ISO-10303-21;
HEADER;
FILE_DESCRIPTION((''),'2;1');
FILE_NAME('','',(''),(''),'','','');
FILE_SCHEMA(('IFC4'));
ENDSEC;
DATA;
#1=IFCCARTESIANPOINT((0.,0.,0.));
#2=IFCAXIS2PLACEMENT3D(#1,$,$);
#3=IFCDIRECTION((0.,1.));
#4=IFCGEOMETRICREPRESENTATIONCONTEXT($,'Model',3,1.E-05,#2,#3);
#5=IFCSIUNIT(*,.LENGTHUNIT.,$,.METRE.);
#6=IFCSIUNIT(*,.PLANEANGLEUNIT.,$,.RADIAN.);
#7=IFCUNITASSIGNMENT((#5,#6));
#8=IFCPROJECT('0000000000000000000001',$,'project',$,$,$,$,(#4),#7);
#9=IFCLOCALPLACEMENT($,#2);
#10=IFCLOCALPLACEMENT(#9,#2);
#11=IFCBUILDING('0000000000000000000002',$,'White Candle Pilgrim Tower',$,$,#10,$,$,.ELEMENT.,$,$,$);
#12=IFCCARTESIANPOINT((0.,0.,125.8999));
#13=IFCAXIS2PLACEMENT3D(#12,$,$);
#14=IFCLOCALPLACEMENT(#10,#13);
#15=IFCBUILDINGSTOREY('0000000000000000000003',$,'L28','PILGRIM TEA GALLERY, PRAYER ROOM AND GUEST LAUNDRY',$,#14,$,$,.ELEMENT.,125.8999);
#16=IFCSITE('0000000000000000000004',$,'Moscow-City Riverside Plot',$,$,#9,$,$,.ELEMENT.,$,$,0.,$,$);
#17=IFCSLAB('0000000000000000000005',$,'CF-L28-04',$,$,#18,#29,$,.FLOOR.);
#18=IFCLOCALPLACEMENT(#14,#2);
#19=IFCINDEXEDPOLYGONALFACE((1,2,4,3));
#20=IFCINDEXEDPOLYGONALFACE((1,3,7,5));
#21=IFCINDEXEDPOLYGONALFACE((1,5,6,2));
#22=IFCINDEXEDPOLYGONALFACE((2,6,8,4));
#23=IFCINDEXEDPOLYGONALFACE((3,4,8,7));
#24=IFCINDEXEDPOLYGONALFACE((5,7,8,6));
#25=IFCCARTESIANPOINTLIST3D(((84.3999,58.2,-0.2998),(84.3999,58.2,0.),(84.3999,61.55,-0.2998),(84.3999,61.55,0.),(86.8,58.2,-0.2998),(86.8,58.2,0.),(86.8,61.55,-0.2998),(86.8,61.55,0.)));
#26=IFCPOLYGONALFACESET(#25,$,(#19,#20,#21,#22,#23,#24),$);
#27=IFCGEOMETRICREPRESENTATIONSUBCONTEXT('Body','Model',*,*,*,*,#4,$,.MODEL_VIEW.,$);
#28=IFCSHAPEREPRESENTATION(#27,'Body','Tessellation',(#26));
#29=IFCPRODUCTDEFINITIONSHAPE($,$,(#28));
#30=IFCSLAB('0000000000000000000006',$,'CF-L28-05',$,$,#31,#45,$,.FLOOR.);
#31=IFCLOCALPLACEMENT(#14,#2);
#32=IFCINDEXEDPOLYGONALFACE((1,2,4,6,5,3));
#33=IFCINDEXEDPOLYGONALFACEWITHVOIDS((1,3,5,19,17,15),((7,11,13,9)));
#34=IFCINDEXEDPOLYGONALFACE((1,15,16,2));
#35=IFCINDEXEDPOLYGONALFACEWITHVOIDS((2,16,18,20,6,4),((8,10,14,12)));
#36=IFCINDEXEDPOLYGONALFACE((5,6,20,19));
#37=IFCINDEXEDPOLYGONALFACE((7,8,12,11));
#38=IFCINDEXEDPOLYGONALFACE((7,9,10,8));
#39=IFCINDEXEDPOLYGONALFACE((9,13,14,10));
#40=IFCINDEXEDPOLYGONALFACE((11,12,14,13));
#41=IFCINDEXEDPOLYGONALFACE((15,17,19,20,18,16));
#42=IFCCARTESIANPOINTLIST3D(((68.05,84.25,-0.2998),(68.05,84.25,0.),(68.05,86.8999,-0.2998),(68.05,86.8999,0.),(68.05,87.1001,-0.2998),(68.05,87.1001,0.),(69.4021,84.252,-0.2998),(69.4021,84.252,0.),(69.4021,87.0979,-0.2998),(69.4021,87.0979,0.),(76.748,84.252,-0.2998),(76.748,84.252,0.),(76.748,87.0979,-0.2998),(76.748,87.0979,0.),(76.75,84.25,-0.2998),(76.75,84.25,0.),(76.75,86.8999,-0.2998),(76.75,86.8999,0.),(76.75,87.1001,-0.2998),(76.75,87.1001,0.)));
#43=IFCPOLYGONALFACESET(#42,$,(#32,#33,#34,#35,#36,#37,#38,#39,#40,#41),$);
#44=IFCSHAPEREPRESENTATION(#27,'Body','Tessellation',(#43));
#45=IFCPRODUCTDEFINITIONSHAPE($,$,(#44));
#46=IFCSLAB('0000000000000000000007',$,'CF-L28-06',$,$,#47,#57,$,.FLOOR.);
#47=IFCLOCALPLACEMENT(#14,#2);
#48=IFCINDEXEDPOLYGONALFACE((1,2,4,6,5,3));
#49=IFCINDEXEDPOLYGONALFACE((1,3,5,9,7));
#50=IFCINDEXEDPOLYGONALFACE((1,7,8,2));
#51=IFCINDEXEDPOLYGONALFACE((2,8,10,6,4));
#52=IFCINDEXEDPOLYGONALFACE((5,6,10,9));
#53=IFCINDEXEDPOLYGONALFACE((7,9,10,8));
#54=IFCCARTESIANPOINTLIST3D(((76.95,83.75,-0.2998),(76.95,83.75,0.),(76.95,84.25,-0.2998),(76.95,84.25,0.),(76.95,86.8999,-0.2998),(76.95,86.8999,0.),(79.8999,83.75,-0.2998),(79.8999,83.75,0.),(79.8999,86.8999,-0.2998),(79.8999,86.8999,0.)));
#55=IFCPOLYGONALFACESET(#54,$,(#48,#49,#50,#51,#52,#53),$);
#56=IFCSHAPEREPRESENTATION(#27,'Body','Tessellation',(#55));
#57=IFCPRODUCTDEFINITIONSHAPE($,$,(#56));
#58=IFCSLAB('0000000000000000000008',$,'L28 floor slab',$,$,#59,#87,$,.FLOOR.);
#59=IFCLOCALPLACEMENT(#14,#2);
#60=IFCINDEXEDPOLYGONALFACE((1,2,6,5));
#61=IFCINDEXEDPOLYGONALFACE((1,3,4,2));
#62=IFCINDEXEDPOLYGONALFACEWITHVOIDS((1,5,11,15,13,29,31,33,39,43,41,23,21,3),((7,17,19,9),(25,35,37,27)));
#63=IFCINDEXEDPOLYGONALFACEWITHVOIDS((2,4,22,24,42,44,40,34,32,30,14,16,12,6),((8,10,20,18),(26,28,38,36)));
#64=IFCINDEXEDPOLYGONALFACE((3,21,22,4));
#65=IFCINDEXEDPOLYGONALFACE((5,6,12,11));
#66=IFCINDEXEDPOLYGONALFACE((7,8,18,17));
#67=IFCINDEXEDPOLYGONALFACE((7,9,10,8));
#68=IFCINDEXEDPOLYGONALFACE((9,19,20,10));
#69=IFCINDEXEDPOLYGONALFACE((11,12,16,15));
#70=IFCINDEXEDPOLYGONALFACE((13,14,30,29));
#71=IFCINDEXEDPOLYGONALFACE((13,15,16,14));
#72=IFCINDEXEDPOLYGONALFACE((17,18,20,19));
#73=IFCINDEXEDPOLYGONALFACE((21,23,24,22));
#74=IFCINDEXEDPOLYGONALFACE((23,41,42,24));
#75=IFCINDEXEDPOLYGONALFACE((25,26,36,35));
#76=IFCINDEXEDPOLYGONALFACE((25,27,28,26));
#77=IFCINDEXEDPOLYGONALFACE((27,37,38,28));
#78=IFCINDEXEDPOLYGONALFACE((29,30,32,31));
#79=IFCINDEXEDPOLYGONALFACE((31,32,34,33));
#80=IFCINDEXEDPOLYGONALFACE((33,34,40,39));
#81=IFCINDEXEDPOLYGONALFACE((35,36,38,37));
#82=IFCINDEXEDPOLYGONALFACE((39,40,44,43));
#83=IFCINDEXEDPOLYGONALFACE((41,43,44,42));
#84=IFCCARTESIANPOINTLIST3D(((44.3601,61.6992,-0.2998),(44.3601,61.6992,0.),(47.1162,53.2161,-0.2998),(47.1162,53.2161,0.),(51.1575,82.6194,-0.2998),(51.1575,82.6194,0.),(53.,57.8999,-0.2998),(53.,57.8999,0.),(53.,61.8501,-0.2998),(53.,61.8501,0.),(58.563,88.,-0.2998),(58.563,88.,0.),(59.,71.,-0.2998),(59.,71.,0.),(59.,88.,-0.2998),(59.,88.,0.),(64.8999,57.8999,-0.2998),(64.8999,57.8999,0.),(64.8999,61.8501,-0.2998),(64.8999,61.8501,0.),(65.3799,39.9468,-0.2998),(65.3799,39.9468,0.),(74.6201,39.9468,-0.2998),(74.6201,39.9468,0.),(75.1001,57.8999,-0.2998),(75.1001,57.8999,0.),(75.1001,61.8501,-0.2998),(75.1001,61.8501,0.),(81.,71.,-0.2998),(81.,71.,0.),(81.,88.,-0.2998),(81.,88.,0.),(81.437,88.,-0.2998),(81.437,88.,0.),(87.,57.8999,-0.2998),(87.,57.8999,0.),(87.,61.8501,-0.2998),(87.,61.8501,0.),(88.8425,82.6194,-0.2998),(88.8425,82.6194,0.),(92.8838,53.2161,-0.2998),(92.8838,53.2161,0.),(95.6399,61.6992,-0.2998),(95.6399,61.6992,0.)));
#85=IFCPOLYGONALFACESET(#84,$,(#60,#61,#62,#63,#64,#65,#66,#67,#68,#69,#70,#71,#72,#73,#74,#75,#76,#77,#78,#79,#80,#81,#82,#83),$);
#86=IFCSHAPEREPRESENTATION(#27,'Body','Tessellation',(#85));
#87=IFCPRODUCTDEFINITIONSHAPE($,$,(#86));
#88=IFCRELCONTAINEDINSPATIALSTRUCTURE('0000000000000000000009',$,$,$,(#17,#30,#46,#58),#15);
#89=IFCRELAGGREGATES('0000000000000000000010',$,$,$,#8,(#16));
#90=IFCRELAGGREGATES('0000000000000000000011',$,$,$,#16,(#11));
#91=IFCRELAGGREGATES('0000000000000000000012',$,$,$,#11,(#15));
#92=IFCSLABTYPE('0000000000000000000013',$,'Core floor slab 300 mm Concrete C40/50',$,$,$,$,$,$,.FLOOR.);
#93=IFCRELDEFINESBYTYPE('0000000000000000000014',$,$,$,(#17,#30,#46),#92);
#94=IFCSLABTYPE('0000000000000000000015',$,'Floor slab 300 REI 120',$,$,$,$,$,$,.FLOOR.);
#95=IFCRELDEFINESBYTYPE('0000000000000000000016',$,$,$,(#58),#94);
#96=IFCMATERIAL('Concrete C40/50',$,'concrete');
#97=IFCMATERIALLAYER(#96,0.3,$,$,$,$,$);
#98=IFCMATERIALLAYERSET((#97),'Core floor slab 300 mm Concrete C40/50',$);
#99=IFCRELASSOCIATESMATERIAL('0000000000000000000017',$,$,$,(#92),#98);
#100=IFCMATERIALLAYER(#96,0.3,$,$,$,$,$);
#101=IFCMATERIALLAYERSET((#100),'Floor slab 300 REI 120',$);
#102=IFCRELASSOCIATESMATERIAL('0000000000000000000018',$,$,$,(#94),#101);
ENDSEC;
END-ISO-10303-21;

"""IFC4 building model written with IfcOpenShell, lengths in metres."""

from ifc_helpers import new_model, si_unit, direction, frame, origin, place, context, subcontext, project, spatial, polyline, outline, extrude, material, layer, layer_set, type_object, element, save


model = new_model("IFC4")

# Units and contexts
model_context = context("Model", 3, precision=1e-05, world=origin(), true_north=direction((0.0, 1.0)))
body_context = subcontext(model_context, "Body", "Model", "MODEL_VIEW")
ifc_project = project(units=[si_unit("LENGTHUNIT", "METRE"), si_unit("PLANEANGLEUNIT", "RADIAN")], contexts=[model_context])

# Site, building, storey
site_placement = place(None, origin())
site = spatial("IfcSite", under=ifc_project, at=site_placement, Name="Moscow-City Riverside Plot", CompositionType="ELEMENT", RefElevation=0.0)
building_placement = place(site_placement, origin())
building = spatial("IfcBuilding", under=site, at=building_placement, Name="White Candle Pilgrim Tower", CompositionType="ELEMENT")
storey_placement = place(building_placement, frame((0.0, 0.0, 125.8999)))
storey = spatial("IfcBuildingStorey", under=building, at=storey_placement, Name="L28", Description="PILGRIM TEA GALLERY, PRAYER ROOM AND GUEST LAUNDRY", CompositionType="ELEMENT", Elevation=125.8999)

# Slabs
ifc_material_1 = material(Name="Concrete C40/50", Category="concrete")
ifc_layer_1 = layer(ifc_material_1, 0.3)
ifc_layer_set_1 = layer_set([ifc_layer_1], Name="Core floor slab 300 mm Concrete C40/50")
slab_type_1 = type_object("IfcSlabType", Name="Core floor slab 300 mm Concrete C40/50", PredefinedType="FLOOR", material=ifc_layer_set_1)
slab_1_placement = place(storey_placement, frame((0.0, 0.0, -0.2998)))
element("IfcSlab", 1, at=slab_1_placement, inside=storey, type_object=slab_type_1, Name="CF-L28-04", PredefinedType="FLOOR", context=body_context, shape_type="SweptSolid", body=[
    extrude(outline(polyline([(86.8, 58.2), (84.3999, 58.2), (84.3999, 61.55), (86.8, 61.55), (86.8, 58.2)])), origin(), (0.0, 0.0, 1.0), 0.2998),
])
slab_2_placement = place(storey_placement, frame((0.0, 0.0, -0.2998)))
element("IfcSlab", 2, at=slab_2_placement, inside=storey, type_object=slab_type_1, Name="CF-L28-05", PredefinedType="FLOOR", context=body_context, shape_type="SweptSolid", body=[
    extrude(outline(polyline([(76.75, 87.1001), (76.75, 86.8999), (76.75, 84.25), (68.05, 84.25), (68.05, 86.8999), (68.05, 87.1001), (76.75, 87.1001)]), holes=[polyline([(69.4021, 87.0979), (69.4021, 84.252), (76.748, 84.252), (76.748, 87.0979), (69.4021, 87.0979)])]), origin(), (0.0, 0.0, 1.0), 0.2998),
])
slab_3_placement = place(storey_placement, frame((0.0, 0.0, -0.2998)))
element("IfcSlab", 3, at=slab_3_placement, inside=storey, type_object=slab_type_1, Name="CF-L28-06", PredefinedType="FLOOR", context=body_context, shape_type="SweptSolid", body=[
    extrude(outline(polyline([(79.8999, 86.8999), (79.8999, 83.75), (76.95, 83.75), (76.95, 84.25), (76.95, 86.8999), (79.8999, 86.8999)])), origin(), (0.0, 0.0, 1.0), 0.2998),
])
ifc_layer_2 = layer(ifc_material_1, 0.3)
ifc_layer_set_2 = layer_set([ifc_layer_2], Name="Floor slab 300 REI 120")
slab_type_2 = type_object("IfcSlabType", Name="Floor slab 300 REI 120", PredefinedType="FLOOR", material=ifc_layer_set_2)
slab_4_placement = place(storey_placement, frame((0.0, 0.0, -0.2998)))
element("IfcSlab", 4, at=slab_4_placement, inside=storey, type_object=slab_type_2, Name="L28 floor slab", PredefinedType="FLOOR", context=body_context, shape_type="SweptSolid", body=[
    extrude(outline(polyline([(65.3799, 39.9468), (74.6201, 39.9468), (92.8838, 53.2161), (95.6399, 61.6992), (88.8425, 82.6194), (81.437, 88.0), (81.0, 88.0), (81.0, 71.0), (59.0, 71.0), (59.0, 88.0), (58.563, 88.0), (51.1575, 82.6194), (44.3601, 61.6992), (47.1162, 53.2161), (65.3799, 39.9468)]), holes=[polyline([(53.0, 57.8999), (53.0, 61.8501), (64.8999, 61.8501), (64.8999, 57.8999), (53.0, 57.8999)]), polyline([(75.1001, 57.8999), (75.1001, 61.8501), (87.0, 61.8501), (87.0, 57.8999), (75.1001, 57.8999)])]), origin(), (0.0, 0.0, 1.0), 0.2998),
])

save(model, "model.ifc")
